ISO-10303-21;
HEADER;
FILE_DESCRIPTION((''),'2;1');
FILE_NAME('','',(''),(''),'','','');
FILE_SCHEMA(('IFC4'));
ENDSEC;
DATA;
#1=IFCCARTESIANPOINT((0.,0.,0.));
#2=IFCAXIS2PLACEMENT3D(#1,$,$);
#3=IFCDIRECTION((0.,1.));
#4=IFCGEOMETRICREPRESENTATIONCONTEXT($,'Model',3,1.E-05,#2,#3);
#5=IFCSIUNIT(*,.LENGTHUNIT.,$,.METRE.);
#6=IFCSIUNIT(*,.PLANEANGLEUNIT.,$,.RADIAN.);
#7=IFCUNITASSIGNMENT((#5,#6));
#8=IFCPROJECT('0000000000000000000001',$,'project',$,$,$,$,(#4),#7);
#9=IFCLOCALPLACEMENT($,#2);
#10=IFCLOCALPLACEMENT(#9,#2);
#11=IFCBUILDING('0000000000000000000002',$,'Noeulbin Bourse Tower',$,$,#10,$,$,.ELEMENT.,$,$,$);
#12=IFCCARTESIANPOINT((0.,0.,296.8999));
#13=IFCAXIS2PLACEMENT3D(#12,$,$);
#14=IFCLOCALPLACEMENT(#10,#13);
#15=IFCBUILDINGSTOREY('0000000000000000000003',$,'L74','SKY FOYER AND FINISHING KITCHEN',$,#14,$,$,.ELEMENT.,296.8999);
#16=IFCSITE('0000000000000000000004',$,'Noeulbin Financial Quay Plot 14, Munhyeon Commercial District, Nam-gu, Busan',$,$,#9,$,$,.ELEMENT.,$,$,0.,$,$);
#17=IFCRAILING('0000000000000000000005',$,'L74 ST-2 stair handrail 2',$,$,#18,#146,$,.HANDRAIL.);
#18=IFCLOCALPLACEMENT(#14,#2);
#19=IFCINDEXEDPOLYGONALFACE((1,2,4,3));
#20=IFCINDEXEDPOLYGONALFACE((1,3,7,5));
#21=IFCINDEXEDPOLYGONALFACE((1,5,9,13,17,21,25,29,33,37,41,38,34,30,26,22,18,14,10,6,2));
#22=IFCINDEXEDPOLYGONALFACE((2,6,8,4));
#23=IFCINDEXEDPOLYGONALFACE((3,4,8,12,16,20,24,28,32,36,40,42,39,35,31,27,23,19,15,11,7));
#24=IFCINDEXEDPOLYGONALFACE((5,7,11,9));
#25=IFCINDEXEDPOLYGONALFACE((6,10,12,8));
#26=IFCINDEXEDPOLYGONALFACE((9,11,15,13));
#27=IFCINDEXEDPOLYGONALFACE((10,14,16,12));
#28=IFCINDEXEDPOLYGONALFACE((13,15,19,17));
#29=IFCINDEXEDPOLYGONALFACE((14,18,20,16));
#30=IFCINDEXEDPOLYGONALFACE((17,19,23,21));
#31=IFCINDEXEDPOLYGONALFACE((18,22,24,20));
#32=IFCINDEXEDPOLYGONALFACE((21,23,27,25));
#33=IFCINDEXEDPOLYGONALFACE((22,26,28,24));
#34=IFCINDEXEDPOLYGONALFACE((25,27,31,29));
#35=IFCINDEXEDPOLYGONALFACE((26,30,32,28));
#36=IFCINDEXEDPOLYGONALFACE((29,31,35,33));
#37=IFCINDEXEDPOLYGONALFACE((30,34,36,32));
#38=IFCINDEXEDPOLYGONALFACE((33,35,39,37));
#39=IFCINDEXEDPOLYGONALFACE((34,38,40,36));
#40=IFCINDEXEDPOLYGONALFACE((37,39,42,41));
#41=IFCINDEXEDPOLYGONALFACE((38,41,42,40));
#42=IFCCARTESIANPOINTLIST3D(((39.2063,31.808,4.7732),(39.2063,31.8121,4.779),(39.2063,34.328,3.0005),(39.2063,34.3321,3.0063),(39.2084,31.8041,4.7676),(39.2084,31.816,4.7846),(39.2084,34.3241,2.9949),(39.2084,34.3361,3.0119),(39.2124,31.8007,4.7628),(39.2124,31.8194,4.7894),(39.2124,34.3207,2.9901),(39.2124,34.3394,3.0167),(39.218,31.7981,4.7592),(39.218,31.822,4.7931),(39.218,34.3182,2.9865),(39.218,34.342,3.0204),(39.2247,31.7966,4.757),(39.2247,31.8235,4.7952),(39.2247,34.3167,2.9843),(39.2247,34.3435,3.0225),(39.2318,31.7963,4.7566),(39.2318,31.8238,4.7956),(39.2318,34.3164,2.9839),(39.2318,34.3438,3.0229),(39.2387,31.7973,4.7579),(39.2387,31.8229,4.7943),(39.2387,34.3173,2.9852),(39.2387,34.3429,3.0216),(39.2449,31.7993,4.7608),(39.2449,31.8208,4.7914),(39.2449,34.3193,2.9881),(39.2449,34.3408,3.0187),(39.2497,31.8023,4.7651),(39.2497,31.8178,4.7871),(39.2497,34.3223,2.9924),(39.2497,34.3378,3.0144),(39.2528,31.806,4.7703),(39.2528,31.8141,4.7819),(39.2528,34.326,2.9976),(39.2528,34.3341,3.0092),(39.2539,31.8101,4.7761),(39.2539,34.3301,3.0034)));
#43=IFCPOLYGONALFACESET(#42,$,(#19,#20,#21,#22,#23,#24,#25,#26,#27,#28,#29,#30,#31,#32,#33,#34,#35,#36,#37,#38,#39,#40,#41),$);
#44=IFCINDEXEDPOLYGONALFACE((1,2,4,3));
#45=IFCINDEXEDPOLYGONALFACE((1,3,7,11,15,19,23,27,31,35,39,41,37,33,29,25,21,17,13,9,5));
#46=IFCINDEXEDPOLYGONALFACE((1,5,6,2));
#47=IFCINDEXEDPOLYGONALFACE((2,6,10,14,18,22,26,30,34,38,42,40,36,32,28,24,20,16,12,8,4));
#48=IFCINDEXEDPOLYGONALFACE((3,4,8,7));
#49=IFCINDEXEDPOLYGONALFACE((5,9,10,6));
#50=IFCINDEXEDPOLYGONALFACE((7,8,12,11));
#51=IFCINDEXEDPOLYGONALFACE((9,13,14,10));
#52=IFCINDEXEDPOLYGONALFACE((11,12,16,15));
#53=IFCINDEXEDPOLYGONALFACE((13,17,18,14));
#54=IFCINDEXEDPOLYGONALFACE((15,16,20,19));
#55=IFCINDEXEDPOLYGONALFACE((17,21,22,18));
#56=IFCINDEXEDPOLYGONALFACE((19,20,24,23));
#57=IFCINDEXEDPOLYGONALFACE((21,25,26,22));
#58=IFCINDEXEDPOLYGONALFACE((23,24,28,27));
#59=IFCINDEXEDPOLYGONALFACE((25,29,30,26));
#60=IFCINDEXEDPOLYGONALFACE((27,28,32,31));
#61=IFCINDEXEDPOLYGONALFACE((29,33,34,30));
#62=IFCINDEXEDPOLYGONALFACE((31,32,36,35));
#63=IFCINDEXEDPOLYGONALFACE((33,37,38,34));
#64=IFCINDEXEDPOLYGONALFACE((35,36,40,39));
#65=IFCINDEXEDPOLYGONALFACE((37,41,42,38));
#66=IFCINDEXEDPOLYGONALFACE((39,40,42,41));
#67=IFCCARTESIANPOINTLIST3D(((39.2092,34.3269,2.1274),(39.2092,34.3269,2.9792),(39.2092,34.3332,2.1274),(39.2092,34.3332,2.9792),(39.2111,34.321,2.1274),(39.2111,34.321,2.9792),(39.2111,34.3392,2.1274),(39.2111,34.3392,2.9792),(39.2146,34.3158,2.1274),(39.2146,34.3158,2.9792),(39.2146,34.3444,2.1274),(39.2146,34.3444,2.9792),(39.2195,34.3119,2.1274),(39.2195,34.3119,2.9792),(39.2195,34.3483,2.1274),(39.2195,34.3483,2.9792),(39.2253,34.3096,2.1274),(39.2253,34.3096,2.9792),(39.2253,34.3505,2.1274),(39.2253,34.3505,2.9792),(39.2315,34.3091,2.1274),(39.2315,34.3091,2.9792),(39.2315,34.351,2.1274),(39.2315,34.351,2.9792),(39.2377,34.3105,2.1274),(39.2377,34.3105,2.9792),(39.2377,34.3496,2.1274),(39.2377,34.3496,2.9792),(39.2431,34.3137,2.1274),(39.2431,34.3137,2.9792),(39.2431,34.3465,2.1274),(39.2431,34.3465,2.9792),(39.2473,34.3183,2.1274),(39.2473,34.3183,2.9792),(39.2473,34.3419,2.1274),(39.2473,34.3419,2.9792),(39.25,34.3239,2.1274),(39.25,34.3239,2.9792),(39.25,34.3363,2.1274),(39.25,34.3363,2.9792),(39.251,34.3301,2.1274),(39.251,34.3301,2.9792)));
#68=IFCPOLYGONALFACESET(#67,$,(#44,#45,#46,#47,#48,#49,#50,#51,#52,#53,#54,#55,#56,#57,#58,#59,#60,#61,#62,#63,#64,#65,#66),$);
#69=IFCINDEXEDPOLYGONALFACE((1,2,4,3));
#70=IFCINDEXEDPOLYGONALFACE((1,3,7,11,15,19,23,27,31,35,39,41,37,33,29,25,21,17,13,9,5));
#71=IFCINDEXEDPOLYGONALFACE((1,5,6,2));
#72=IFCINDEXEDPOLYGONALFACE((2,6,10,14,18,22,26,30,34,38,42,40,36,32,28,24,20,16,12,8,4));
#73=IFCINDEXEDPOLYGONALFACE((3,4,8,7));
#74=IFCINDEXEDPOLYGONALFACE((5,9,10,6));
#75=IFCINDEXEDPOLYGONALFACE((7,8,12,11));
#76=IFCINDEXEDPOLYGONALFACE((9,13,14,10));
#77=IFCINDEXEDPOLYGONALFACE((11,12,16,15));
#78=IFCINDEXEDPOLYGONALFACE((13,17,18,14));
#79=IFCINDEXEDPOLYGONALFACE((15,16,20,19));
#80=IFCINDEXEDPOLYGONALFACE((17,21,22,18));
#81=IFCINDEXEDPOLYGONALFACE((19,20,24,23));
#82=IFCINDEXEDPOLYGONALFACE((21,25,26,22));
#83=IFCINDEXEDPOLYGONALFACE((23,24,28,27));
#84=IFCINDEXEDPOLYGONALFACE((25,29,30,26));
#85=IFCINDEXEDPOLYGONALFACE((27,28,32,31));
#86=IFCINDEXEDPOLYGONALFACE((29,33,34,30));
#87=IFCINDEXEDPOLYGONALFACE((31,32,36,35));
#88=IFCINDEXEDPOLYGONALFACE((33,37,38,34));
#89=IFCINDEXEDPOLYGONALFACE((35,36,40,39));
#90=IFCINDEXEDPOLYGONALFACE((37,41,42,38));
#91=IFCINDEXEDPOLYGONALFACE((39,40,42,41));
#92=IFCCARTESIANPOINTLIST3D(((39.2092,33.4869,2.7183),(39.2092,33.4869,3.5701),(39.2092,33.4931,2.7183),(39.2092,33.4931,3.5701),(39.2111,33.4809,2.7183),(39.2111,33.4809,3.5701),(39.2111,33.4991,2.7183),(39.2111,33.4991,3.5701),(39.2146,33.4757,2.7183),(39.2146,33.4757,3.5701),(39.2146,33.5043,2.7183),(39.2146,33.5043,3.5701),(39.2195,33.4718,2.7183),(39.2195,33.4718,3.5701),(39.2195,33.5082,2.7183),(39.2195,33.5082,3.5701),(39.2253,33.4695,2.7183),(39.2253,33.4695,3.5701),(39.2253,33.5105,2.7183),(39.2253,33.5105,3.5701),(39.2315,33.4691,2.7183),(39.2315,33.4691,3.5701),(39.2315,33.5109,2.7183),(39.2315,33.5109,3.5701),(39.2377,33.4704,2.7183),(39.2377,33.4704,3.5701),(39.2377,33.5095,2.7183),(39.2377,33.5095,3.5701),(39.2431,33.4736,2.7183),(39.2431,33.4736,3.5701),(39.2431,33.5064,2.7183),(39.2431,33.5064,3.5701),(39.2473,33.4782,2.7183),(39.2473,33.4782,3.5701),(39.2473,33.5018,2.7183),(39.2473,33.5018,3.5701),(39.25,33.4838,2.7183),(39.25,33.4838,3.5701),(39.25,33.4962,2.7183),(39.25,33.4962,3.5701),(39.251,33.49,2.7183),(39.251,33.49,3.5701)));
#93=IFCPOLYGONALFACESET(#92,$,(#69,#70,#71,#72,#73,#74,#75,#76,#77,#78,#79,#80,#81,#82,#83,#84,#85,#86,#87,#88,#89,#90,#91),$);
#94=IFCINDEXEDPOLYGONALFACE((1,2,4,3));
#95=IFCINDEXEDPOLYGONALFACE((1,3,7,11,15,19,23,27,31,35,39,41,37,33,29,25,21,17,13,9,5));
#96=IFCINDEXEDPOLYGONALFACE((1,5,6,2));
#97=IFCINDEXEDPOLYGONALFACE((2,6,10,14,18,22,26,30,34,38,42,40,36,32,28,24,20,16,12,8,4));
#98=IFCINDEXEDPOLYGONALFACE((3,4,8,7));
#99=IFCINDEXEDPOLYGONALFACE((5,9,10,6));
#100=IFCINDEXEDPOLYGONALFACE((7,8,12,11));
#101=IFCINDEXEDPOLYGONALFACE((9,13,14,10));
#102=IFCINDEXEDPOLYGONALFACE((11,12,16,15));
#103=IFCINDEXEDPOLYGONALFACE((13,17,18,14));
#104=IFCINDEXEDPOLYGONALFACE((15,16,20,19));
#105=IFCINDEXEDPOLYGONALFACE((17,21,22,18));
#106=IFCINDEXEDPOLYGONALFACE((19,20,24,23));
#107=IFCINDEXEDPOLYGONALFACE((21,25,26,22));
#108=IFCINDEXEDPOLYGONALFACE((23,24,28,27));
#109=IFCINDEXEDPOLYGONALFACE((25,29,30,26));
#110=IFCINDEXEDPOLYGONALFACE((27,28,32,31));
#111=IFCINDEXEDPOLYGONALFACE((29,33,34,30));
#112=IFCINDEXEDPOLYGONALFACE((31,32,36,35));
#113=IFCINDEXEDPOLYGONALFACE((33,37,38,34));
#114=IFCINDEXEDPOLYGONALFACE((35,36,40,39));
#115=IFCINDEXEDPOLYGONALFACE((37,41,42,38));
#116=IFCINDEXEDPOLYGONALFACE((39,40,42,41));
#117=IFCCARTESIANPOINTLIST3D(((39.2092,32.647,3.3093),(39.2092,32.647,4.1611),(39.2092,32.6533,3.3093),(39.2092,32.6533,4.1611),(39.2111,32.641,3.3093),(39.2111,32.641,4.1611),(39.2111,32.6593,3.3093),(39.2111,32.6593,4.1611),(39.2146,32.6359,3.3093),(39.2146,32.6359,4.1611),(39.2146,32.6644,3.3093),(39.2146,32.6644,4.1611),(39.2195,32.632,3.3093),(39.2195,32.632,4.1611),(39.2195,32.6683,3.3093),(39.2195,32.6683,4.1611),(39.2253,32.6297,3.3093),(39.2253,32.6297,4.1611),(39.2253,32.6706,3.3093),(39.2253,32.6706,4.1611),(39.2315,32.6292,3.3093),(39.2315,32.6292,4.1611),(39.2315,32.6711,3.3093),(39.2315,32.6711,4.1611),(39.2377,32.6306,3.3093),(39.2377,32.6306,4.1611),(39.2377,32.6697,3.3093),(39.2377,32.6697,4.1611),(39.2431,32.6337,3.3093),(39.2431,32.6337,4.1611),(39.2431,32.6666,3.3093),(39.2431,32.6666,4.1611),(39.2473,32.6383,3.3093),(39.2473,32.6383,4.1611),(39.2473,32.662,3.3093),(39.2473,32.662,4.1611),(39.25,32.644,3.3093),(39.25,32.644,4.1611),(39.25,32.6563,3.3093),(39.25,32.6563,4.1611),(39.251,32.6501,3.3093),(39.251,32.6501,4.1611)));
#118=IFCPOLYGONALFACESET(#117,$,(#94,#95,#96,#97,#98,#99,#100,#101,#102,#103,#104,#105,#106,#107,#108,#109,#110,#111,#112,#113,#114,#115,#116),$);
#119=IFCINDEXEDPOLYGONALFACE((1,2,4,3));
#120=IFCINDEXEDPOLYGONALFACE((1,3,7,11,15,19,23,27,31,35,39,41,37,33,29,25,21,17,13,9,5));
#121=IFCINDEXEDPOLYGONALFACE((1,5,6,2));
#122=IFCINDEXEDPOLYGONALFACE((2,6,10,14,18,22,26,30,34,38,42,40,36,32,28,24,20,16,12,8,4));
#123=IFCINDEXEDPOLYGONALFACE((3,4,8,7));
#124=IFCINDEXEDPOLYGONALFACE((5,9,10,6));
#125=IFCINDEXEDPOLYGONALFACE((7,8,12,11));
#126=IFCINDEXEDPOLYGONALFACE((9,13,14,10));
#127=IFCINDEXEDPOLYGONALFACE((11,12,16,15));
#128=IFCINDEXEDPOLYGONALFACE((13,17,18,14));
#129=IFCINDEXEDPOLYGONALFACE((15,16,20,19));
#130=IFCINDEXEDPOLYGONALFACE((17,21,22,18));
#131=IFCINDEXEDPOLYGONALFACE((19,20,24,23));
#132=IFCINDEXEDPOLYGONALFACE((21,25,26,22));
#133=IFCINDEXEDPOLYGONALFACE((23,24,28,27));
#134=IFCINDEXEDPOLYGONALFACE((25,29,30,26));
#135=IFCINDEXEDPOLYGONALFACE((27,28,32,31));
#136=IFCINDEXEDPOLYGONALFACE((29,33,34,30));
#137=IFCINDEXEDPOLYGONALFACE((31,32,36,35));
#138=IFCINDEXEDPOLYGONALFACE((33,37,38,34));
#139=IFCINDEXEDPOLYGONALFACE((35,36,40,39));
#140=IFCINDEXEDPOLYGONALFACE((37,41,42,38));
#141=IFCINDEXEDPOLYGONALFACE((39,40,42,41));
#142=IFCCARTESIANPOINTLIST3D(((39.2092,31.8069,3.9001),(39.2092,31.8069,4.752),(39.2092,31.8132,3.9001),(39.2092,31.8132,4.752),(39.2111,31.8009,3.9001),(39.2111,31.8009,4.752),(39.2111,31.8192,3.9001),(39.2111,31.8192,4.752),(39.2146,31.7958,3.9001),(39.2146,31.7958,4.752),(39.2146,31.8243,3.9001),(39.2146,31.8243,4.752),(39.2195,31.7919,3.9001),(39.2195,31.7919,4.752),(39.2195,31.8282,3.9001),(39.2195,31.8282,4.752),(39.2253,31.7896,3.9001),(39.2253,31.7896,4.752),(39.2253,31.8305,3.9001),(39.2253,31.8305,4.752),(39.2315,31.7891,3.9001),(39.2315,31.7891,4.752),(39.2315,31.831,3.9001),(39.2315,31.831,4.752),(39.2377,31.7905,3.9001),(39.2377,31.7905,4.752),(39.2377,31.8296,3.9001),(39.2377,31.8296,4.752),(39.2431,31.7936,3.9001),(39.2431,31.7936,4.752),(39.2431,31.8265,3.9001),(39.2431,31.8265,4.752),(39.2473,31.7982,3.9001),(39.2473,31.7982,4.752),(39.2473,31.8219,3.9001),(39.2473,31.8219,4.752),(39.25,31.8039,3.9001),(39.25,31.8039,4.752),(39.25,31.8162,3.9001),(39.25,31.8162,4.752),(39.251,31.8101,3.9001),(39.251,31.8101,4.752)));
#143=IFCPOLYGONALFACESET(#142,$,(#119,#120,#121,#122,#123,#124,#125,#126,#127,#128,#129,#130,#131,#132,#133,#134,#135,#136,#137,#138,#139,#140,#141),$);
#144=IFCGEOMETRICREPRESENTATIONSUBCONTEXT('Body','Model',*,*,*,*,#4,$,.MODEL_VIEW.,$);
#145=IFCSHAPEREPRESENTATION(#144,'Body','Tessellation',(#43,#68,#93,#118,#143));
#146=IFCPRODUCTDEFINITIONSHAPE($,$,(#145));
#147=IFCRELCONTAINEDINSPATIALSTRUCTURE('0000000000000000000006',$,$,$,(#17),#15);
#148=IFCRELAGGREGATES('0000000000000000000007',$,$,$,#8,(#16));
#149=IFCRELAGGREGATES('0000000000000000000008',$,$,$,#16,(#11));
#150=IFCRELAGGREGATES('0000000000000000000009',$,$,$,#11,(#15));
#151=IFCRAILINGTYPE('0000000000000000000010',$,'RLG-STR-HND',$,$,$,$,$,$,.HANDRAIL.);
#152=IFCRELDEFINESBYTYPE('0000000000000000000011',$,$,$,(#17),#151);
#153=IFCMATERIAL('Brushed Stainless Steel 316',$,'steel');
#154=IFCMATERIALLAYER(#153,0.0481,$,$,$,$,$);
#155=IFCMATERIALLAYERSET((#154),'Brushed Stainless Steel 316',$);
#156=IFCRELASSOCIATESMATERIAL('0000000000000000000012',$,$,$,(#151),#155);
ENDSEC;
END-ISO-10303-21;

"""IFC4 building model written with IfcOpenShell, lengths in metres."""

from ifc_helpers import new_model, si_unit, direction, frame, origin, origin_2d, place, context, subcontext, project, spatial, circle, extrude, material, layer, layer_set, type_object, element, save


model = new_model("IFC4")

# Units and contexts
model_context = context("Model", 3, precision=1e-05, world=origin(), true_north=direction((0.0, 1.0)))
body_context = subcontext(model_context, "Body", "Model", "MODEL_VIEW")
ifc_project = project(units=[si_unit("LENGTHUNIT", "METRE"), si_unit("PLANEANGLEUNIT", "RADIAN")], contexts=[model_context])

# Site, building, storey
site_placement = place(None, origin())
site = spatial("IfcSite", under=ifc_project, at=site_placement, Name="Noeulbin Financial Quay Plot 14, Munhyeon Commercial District, Nam-gu, Busan", CompositionType="ELEMENT", RefElevation=0.0)
building_placement = place(site_placement, origin())
building = spatial("IfcBuilding", under=site, at=building_placement, Name="Noeulbin Bourse Tower", CompositionType="ELEMENT")
storey_placement = place(building_placement, frame((0.0, 0.0, 296.8999)))
storey = spatial("IfcBuildingStorey", under=building, at=storey_placement, Name="L74", Description="SKY FOYER AND FINISHING KITCHEN", CompositionType="ELEMENT", Elevation=296.8999)

# Shared definitions
ifc_material_1 = material(Name="Brushed Stainless Steel 316", Category="steel")

# Railing
ifc_layer_1 = layer(ifc_material_1, 0.0481)
ifc_layer_set_1 = layer_set([ifc_layer_1], Name="Brushed Stainless Steel 316")
railing_type_1 = type_object("IfcRailingType", Name="RLG-STR-HND", PredefinedType="HANDRAIL", material=ifc_layer_set_1)
railing_1_placement = place(storey_placement, frame((39.23, 34.3301, 2.1274)))
element("IfcRailing", 1, at=railing_1_placement, inside=storey, type_object=railing_type_1, Name="L74 ST-2 stair handrail 2", PredefinedType="HANDRAIL", context=body_context, shape_type="SweptSolid", body=[
    extrude(circle(Radius=0.0239, at=origin_2d()), frame((0.0, 0.0, 0.876), z_axis=(0.0, -0.817904, 0.575354), x_axis=(1.0, 0.0, 0.0)), (0.0, 0.0, 1.0), 3.0811),
    extrude(circle(Radius=0.021, at=origin_2d()), origin(), (0.0, 0.0, 1.0), 0.8518),
    extrude(circle(Radius=0.021, at=origin_2d()), frame((0.0, -0.8401, 0.5908)), (0.0, 0.0, 1.0), 0.8518),
    extrude(circle(Radius=0.021, at=origin_2d()), frame((0.0, -1.6799, 1.1819)), (0.0, 0.0, 1.0), 0.8518),
    extrude(circle(Radius=0.021, at=origin_2d()), frame((0.0, -2.52, 1.7727)), (0.0, 0.0, 1.0), 0.8518),
])

save(model, "model.ifc")
